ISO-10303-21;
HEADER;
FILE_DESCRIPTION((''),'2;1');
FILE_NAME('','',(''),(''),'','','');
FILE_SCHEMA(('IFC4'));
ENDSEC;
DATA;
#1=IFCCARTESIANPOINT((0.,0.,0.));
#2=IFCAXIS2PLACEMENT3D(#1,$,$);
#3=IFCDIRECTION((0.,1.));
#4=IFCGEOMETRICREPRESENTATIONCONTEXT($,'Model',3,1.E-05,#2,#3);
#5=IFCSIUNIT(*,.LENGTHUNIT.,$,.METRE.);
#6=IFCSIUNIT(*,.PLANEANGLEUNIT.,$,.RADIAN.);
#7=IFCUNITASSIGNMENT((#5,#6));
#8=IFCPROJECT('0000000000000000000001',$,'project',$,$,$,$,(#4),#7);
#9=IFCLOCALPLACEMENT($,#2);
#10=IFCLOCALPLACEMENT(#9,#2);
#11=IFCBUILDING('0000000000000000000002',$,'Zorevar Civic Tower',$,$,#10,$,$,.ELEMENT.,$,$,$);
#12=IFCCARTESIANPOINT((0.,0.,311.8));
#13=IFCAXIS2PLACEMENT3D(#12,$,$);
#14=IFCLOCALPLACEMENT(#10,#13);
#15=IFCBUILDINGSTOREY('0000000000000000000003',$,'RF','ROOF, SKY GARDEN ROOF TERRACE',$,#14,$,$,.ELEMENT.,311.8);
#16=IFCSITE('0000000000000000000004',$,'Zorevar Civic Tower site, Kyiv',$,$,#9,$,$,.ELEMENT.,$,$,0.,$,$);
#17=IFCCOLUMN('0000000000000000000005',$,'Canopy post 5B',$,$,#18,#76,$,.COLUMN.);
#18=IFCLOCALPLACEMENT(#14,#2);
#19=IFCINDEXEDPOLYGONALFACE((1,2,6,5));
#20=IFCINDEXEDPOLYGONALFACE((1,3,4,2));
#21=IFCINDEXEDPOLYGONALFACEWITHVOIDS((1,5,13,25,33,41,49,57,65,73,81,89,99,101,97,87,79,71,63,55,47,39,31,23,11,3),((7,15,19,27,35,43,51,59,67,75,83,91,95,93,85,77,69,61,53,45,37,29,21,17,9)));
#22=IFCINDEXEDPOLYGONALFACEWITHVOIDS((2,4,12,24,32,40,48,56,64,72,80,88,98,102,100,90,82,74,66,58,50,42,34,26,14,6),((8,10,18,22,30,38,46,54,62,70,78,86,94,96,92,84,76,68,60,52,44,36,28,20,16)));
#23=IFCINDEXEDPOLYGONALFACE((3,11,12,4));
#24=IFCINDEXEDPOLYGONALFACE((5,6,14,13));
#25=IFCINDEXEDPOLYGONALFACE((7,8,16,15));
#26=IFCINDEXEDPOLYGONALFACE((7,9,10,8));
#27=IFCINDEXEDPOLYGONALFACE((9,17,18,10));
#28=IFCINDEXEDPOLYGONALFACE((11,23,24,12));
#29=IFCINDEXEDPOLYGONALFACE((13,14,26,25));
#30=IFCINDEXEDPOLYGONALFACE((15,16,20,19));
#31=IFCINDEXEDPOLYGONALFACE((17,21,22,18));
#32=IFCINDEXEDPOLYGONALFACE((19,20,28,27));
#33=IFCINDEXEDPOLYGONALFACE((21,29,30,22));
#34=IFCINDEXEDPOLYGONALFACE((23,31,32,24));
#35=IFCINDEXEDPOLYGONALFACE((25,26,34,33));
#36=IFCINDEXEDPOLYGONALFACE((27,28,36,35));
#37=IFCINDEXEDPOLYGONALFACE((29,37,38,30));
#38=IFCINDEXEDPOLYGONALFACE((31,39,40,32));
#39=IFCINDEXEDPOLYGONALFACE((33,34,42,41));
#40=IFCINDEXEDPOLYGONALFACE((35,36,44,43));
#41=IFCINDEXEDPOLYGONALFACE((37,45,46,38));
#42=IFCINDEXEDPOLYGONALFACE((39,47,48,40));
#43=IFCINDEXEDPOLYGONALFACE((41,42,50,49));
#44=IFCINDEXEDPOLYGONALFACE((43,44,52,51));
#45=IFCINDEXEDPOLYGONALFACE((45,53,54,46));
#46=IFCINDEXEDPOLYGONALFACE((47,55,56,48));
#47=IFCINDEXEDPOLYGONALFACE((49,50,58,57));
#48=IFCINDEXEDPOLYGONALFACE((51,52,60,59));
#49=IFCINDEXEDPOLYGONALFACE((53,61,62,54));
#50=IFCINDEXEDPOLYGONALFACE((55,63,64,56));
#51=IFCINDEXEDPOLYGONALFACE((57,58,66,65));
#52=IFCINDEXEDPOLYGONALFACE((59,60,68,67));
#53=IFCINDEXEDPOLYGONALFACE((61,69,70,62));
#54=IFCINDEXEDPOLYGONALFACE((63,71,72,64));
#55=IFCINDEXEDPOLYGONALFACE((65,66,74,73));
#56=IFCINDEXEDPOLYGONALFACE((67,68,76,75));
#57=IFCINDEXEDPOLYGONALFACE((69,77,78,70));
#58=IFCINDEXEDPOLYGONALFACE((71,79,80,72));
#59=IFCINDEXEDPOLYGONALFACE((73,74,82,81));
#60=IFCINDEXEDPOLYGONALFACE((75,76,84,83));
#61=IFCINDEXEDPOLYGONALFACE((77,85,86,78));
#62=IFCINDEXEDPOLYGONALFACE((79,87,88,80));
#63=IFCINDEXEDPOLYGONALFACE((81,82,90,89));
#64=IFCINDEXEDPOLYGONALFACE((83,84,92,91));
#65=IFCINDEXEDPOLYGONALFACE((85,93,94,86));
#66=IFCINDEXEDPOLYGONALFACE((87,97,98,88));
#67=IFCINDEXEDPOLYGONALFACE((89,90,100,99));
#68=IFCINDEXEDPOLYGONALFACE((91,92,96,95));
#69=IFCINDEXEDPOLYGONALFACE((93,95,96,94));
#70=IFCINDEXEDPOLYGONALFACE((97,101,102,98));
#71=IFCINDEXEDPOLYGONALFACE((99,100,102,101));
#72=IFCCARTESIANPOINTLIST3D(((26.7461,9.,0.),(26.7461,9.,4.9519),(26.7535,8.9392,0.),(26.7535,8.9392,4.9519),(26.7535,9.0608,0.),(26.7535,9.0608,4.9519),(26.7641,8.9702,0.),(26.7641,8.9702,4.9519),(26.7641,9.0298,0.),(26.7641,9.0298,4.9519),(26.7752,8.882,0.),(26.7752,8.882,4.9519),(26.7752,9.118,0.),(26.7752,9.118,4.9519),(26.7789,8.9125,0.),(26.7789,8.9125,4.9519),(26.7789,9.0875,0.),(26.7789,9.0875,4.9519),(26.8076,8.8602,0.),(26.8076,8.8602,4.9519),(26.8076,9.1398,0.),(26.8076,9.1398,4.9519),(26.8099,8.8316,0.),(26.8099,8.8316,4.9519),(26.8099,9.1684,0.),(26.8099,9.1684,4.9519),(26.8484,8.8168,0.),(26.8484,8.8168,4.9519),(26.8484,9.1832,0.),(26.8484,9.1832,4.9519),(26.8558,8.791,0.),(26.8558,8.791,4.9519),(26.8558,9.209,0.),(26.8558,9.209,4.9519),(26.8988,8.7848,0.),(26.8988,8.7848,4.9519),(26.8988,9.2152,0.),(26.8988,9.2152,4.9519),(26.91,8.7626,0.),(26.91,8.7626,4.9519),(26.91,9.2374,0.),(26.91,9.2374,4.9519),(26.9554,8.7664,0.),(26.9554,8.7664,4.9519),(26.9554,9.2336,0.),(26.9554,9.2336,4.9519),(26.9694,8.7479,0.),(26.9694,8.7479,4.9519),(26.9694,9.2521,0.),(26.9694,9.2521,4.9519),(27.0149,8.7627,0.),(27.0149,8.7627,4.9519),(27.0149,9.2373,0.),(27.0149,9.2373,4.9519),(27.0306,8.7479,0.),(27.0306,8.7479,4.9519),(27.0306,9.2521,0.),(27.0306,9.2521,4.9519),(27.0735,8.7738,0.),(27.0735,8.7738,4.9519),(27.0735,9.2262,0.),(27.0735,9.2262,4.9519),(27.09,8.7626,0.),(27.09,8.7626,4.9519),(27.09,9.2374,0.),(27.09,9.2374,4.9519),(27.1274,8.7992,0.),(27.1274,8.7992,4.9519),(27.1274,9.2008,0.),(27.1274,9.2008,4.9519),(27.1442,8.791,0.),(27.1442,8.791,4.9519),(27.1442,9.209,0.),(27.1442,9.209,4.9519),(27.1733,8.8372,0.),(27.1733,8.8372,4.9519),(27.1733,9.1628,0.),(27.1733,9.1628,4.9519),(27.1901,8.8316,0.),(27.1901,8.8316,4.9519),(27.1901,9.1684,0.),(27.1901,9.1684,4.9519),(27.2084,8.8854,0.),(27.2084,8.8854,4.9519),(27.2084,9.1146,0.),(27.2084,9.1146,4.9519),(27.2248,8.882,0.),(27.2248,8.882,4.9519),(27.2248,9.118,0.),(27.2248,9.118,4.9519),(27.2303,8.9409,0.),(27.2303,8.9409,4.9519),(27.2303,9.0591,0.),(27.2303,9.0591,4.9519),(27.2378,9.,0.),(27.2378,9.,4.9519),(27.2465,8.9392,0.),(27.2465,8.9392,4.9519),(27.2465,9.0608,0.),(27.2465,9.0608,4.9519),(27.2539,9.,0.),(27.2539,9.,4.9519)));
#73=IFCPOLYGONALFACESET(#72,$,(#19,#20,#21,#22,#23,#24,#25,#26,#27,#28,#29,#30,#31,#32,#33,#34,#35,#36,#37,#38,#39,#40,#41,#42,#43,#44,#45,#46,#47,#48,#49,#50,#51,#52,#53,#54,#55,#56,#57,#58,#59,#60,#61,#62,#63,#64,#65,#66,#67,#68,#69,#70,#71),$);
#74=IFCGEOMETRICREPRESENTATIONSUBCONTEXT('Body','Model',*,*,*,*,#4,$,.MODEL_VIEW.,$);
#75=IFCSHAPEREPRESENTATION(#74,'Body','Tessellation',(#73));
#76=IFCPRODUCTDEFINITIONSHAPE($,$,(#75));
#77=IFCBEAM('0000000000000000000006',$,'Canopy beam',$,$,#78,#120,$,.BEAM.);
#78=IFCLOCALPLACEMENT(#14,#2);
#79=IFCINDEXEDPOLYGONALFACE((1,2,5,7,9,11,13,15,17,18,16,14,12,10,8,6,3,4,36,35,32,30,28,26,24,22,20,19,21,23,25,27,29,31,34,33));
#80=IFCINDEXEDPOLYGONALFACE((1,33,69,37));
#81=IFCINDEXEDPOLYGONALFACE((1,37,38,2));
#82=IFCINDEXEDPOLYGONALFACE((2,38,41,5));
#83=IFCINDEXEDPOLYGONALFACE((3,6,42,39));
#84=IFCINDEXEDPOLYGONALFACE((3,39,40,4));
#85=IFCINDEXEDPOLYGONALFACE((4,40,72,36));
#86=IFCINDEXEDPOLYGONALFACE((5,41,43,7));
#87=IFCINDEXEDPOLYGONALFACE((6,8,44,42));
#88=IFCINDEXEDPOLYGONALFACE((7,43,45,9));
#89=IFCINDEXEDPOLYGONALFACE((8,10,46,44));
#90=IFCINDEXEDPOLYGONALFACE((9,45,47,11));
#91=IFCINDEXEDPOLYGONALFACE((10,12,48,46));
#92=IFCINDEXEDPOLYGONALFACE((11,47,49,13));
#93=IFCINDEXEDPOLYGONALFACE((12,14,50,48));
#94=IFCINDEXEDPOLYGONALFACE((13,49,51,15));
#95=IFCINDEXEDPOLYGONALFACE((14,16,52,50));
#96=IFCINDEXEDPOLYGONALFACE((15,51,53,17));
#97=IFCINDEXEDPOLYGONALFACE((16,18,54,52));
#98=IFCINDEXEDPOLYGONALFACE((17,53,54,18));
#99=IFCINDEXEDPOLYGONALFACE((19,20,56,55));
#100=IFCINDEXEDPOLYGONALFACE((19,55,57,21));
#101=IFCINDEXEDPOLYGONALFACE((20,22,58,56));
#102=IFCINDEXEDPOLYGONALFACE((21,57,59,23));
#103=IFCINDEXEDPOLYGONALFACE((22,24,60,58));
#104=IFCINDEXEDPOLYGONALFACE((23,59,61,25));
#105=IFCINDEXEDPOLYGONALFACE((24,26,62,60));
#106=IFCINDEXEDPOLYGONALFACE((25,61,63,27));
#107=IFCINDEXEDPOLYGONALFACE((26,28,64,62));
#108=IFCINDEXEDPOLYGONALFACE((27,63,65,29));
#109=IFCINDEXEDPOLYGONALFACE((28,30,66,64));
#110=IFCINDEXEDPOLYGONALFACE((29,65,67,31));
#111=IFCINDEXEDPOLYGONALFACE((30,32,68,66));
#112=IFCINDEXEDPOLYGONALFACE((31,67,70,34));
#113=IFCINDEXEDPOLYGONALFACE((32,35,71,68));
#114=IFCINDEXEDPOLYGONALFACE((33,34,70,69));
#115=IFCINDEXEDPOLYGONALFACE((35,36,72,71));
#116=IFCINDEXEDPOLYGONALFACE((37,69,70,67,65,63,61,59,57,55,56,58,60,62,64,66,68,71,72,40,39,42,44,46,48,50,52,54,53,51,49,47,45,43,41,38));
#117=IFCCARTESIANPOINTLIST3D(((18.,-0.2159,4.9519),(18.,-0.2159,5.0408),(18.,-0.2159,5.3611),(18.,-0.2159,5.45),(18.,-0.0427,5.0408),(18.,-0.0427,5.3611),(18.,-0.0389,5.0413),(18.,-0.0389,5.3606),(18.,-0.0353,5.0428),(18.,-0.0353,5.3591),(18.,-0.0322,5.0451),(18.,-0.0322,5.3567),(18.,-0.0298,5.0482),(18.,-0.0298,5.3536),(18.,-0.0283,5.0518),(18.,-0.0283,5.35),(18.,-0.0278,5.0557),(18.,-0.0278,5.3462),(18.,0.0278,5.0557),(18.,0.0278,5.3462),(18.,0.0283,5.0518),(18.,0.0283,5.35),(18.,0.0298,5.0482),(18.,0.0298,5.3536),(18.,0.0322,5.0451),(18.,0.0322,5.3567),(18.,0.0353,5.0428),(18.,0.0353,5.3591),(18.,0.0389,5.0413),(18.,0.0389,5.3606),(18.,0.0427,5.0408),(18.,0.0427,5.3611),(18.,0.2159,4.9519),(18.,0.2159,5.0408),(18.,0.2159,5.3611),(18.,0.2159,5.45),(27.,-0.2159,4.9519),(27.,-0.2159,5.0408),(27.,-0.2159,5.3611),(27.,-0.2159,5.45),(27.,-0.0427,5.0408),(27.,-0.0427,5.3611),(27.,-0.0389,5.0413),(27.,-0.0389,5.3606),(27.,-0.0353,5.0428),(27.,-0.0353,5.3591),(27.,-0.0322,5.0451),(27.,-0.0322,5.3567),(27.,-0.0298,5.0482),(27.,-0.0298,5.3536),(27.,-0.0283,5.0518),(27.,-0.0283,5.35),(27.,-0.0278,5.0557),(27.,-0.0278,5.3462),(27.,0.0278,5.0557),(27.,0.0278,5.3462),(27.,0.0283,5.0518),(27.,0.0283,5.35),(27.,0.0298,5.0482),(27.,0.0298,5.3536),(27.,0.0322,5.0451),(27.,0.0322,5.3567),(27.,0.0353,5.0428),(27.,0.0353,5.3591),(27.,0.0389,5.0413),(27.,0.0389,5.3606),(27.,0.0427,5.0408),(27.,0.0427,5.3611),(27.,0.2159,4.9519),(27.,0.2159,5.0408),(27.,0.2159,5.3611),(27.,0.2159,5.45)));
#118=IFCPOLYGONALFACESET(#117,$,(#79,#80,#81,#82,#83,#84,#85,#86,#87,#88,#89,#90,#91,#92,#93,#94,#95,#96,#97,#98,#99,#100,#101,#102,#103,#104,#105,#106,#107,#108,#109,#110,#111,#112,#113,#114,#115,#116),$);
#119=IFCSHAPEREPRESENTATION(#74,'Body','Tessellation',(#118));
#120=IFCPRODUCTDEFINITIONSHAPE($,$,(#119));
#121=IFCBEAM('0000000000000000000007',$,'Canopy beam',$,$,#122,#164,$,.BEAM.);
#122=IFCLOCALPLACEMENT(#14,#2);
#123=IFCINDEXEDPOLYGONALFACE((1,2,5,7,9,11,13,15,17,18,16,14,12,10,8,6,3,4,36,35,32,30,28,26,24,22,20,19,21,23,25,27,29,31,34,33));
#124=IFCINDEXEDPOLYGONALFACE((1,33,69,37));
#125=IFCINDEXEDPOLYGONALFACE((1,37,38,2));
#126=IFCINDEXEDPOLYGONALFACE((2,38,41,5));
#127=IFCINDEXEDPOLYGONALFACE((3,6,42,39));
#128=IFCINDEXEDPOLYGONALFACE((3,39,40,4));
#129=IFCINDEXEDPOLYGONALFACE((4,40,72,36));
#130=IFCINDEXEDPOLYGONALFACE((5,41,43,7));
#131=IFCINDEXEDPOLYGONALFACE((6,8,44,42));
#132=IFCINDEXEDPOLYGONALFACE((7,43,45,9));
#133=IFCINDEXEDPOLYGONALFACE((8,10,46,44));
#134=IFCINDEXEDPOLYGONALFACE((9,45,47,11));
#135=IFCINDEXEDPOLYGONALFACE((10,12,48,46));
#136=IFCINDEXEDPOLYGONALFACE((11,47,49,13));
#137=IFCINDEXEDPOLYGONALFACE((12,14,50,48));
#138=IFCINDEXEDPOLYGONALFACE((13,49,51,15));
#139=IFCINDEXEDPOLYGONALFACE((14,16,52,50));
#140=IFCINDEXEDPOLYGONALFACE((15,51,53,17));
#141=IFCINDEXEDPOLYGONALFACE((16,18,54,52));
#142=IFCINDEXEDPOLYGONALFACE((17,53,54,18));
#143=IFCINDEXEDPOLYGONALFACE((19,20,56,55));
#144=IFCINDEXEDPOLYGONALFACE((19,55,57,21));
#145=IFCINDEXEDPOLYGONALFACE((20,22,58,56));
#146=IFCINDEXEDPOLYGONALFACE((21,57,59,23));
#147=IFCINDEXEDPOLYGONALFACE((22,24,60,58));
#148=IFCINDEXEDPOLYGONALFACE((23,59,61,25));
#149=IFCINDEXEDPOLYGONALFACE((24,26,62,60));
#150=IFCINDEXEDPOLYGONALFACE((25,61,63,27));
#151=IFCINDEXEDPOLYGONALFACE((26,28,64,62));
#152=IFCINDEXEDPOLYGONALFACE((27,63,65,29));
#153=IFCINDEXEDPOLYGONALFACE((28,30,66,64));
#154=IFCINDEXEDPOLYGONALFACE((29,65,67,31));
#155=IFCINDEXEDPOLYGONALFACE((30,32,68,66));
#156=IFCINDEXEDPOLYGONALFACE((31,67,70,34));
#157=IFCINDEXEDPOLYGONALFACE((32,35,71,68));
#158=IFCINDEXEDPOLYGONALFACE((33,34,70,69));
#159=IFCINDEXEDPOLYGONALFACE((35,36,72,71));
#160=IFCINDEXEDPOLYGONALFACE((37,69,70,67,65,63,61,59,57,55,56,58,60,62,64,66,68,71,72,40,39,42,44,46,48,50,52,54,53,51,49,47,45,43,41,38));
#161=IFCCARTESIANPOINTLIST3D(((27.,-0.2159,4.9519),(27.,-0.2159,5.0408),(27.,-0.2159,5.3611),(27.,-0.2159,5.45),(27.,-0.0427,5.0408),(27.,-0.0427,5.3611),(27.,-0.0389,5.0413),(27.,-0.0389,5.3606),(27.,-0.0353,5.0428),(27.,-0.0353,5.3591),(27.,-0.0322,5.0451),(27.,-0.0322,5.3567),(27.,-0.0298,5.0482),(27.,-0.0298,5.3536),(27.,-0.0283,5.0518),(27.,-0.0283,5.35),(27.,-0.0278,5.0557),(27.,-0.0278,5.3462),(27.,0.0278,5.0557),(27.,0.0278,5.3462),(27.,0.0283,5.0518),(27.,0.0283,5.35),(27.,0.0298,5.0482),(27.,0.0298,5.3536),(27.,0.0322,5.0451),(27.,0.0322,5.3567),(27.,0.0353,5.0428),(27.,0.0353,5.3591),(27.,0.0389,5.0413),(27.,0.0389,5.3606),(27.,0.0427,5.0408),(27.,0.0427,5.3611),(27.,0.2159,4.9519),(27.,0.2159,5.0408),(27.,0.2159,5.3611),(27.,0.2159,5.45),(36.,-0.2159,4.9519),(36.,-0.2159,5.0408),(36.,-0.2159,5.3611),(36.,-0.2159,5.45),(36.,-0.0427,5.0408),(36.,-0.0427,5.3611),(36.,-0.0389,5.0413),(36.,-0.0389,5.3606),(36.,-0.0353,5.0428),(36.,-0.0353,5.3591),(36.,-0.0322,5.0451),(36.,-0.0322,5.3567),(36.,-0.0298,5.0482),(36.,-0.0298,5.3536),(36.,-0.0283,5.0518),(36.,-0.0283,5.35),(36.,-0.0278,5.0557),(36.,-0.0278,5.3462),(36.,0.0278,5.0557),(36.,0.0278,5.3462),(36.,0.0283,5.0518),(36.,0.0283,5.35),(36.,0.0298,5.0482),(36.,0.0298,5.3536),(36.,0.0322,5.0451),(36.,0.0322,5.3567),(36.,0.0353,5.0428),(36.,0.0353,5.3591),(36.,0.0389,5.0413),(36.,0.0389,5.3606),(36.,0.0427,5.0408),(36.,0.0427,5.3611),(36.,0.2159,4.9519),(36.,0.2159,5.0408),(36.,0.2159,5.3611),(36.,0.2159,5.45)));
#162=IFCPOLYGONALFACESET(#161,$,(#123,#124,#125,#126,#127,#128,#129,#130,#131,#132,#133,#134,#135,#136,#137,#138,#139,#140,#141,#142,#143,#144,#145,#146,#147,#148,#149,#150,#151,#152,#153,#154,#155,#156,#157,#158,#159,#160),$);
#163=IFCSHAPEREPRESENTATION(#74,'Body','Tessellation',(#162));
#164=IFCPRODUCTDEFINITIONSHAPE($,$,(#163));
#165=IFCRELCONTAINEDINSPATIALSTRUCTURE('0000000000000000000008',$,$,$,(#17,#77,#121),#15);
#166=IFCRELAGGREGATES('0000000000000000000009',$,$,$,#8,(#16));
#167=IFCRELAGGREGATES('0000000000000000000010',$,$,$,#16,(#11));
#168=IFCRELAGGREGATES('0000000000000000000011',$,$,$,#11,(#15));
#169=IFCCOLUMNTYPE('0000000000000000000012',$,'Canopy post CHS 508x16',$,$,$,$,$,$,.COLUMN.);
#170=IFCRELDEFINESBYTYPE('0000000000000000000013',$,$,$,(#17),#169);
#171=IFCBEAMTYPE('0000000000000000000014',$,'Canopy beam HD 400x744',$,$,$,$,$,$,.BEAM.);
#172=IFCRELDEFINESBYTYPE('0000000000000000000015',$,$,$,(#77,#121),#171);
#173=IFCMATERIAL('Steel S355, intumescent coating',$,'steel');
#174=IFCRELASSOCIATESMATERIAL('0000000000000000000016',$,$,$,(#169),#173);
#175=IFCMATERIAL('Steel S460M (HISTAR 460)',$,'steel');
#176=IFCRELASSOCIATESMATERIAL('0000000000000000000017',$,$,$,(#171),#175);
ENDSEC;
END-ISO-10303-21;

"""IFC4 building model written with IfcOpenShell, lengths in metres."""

from ifc_helpers import new_model, si_unit, direction, frame, origin, origin_2d, place, context, subcontext, project, spatial, hollow_circle, i_section, extrude, material, material_profile, profile_set, type_object, element, save


model = new_model("IFC4")

# Units and contexts
model_context = context("Model", 3, precision=1e-05, world=origin(), true_north=direction((0.0, 1.0)))
body_context = subcontext(model_context, "Body", "Model", "MODEL_VIEW")
ifc_project = project(units=[si_unit("LENGTHUNIT", "METRE"), si_unit("PLANEANGLEUNIT", "RADIAN")], contexts=[model_context])

# Site, building, storey
site_placement = place(None, origin())
site = spatial("IfcSite", under=ifc_project, at=site_placement, Name="Zorevar Civic Tower site, Kyiv", CompositionType="ELEMENT", RefElevation=0.0)
building_placement = place(site_placement, origin())
building = spatial("IfcBuilding", under=site, at=building_placement, Name="Zorevar Civic Tower", CompositionType="ELEMENT")
storey_placement = place(building_placement, frame((0.0, 0.0, 311.8)))
storey = spatial("IfcBuildingStorey", under=building, at=storey_placement, Name="RF", Description="ROOF, SKY GARDEN ROOF TERRACE", CompositionType="ELEMENT", Elevation=311.8)

# Column
ifc_material_1 = material(Name="Steel S355, intumescent coating", Category="steel")
ifc_material_profile_1 = material_profile(ifc_material_1, hollow_circle(Radius=0.2539, WallThickness=0.0161, at=origin_2d()), Name="CHS 508x16")
ifc_profile_set_1 = profile_set([ifc_material_profile_1], Name="Steel S355, intumescent coating")
column_type_1 = type_object("IfcColumnType", Name="Canopy post CHS 508x16", PredefinedType="COLUMN", material=ifc_profile_set_1)
for number, where, z_axis, x_axis, name in (
    (1, (27.0, 9.0, 0.0), (0.0, 0.0, 1.0), (1.0, 0.0, 0.0), "Canopy post 5B"),
):
    element("IfcColumn", number, at=place(storey_placement, frame(where, z_axis=z_axis, x_axis=x_axis)), inside=storey, type_object=column_type_1, Name=name, PredefinedType="COLUMN", context=body_context, shape_type="SweptSolid", body=[
        extrude(hollow_circle(Radius=0.2539, WallThickness=0.0161, at=origin_2d()), origin(), (0.0, 0.0, 1.0), 4.9519),
    ])

# Beams
ifc_material_2 = material(Name="Steel S460M (HISTAR 460)", Category="steel")
ifc_material_profile_2 = material_profile(ifc_material_2, i_section(OverallWidth=0.4319, OverallDepth=0.498, WebThickness=0.0557, FlangeThickness=0.0889, FilletRadius=0.0149, at=origin_2d()), Name="HD 400x744")
ifc_profile_set_2 = profile_set([ifc_material_profile_2], Name="Steel S460M (HISTAR 460)")
beam_type = type_object("IfcBeamType", Name="Canopy beam HD 400x744", PredefinedType="BEAM", material=ifc_profile_set_2)
for number, where, z_axis, x_axis, name in (
    (2, (18.0, 0.0, 5.2009), (1.0, 0.0, 0.0), (0.0, 1.0, 0.0), "Canopy beam"),
    (3, (27.0, 0.0, 5.2009), (1.0, 0.0, 0.0), (0.0, 1.0, 0.0), "Canopy beam"),
):
    element("IfcBeam", number, at=place(storey_placement, frame(where, z_axis=z_axis, x_axis=x_axis)), inside=storey, type_object=beam_type, Name=name, PredefinedType="BEAM", context=body_context, shape_type="SweptSolid", body=[
        extrude(i_section(OverallWidth=0.4319, OverallDepth=0.498, WebThickness=0.0557, FlangeThickness=0.0889, FilletRadius=0.0149, at=origin_2d()), origin(), (0.0, 0.0, 1.0), 9.0),
    ])

save(model, "model.ifc")
